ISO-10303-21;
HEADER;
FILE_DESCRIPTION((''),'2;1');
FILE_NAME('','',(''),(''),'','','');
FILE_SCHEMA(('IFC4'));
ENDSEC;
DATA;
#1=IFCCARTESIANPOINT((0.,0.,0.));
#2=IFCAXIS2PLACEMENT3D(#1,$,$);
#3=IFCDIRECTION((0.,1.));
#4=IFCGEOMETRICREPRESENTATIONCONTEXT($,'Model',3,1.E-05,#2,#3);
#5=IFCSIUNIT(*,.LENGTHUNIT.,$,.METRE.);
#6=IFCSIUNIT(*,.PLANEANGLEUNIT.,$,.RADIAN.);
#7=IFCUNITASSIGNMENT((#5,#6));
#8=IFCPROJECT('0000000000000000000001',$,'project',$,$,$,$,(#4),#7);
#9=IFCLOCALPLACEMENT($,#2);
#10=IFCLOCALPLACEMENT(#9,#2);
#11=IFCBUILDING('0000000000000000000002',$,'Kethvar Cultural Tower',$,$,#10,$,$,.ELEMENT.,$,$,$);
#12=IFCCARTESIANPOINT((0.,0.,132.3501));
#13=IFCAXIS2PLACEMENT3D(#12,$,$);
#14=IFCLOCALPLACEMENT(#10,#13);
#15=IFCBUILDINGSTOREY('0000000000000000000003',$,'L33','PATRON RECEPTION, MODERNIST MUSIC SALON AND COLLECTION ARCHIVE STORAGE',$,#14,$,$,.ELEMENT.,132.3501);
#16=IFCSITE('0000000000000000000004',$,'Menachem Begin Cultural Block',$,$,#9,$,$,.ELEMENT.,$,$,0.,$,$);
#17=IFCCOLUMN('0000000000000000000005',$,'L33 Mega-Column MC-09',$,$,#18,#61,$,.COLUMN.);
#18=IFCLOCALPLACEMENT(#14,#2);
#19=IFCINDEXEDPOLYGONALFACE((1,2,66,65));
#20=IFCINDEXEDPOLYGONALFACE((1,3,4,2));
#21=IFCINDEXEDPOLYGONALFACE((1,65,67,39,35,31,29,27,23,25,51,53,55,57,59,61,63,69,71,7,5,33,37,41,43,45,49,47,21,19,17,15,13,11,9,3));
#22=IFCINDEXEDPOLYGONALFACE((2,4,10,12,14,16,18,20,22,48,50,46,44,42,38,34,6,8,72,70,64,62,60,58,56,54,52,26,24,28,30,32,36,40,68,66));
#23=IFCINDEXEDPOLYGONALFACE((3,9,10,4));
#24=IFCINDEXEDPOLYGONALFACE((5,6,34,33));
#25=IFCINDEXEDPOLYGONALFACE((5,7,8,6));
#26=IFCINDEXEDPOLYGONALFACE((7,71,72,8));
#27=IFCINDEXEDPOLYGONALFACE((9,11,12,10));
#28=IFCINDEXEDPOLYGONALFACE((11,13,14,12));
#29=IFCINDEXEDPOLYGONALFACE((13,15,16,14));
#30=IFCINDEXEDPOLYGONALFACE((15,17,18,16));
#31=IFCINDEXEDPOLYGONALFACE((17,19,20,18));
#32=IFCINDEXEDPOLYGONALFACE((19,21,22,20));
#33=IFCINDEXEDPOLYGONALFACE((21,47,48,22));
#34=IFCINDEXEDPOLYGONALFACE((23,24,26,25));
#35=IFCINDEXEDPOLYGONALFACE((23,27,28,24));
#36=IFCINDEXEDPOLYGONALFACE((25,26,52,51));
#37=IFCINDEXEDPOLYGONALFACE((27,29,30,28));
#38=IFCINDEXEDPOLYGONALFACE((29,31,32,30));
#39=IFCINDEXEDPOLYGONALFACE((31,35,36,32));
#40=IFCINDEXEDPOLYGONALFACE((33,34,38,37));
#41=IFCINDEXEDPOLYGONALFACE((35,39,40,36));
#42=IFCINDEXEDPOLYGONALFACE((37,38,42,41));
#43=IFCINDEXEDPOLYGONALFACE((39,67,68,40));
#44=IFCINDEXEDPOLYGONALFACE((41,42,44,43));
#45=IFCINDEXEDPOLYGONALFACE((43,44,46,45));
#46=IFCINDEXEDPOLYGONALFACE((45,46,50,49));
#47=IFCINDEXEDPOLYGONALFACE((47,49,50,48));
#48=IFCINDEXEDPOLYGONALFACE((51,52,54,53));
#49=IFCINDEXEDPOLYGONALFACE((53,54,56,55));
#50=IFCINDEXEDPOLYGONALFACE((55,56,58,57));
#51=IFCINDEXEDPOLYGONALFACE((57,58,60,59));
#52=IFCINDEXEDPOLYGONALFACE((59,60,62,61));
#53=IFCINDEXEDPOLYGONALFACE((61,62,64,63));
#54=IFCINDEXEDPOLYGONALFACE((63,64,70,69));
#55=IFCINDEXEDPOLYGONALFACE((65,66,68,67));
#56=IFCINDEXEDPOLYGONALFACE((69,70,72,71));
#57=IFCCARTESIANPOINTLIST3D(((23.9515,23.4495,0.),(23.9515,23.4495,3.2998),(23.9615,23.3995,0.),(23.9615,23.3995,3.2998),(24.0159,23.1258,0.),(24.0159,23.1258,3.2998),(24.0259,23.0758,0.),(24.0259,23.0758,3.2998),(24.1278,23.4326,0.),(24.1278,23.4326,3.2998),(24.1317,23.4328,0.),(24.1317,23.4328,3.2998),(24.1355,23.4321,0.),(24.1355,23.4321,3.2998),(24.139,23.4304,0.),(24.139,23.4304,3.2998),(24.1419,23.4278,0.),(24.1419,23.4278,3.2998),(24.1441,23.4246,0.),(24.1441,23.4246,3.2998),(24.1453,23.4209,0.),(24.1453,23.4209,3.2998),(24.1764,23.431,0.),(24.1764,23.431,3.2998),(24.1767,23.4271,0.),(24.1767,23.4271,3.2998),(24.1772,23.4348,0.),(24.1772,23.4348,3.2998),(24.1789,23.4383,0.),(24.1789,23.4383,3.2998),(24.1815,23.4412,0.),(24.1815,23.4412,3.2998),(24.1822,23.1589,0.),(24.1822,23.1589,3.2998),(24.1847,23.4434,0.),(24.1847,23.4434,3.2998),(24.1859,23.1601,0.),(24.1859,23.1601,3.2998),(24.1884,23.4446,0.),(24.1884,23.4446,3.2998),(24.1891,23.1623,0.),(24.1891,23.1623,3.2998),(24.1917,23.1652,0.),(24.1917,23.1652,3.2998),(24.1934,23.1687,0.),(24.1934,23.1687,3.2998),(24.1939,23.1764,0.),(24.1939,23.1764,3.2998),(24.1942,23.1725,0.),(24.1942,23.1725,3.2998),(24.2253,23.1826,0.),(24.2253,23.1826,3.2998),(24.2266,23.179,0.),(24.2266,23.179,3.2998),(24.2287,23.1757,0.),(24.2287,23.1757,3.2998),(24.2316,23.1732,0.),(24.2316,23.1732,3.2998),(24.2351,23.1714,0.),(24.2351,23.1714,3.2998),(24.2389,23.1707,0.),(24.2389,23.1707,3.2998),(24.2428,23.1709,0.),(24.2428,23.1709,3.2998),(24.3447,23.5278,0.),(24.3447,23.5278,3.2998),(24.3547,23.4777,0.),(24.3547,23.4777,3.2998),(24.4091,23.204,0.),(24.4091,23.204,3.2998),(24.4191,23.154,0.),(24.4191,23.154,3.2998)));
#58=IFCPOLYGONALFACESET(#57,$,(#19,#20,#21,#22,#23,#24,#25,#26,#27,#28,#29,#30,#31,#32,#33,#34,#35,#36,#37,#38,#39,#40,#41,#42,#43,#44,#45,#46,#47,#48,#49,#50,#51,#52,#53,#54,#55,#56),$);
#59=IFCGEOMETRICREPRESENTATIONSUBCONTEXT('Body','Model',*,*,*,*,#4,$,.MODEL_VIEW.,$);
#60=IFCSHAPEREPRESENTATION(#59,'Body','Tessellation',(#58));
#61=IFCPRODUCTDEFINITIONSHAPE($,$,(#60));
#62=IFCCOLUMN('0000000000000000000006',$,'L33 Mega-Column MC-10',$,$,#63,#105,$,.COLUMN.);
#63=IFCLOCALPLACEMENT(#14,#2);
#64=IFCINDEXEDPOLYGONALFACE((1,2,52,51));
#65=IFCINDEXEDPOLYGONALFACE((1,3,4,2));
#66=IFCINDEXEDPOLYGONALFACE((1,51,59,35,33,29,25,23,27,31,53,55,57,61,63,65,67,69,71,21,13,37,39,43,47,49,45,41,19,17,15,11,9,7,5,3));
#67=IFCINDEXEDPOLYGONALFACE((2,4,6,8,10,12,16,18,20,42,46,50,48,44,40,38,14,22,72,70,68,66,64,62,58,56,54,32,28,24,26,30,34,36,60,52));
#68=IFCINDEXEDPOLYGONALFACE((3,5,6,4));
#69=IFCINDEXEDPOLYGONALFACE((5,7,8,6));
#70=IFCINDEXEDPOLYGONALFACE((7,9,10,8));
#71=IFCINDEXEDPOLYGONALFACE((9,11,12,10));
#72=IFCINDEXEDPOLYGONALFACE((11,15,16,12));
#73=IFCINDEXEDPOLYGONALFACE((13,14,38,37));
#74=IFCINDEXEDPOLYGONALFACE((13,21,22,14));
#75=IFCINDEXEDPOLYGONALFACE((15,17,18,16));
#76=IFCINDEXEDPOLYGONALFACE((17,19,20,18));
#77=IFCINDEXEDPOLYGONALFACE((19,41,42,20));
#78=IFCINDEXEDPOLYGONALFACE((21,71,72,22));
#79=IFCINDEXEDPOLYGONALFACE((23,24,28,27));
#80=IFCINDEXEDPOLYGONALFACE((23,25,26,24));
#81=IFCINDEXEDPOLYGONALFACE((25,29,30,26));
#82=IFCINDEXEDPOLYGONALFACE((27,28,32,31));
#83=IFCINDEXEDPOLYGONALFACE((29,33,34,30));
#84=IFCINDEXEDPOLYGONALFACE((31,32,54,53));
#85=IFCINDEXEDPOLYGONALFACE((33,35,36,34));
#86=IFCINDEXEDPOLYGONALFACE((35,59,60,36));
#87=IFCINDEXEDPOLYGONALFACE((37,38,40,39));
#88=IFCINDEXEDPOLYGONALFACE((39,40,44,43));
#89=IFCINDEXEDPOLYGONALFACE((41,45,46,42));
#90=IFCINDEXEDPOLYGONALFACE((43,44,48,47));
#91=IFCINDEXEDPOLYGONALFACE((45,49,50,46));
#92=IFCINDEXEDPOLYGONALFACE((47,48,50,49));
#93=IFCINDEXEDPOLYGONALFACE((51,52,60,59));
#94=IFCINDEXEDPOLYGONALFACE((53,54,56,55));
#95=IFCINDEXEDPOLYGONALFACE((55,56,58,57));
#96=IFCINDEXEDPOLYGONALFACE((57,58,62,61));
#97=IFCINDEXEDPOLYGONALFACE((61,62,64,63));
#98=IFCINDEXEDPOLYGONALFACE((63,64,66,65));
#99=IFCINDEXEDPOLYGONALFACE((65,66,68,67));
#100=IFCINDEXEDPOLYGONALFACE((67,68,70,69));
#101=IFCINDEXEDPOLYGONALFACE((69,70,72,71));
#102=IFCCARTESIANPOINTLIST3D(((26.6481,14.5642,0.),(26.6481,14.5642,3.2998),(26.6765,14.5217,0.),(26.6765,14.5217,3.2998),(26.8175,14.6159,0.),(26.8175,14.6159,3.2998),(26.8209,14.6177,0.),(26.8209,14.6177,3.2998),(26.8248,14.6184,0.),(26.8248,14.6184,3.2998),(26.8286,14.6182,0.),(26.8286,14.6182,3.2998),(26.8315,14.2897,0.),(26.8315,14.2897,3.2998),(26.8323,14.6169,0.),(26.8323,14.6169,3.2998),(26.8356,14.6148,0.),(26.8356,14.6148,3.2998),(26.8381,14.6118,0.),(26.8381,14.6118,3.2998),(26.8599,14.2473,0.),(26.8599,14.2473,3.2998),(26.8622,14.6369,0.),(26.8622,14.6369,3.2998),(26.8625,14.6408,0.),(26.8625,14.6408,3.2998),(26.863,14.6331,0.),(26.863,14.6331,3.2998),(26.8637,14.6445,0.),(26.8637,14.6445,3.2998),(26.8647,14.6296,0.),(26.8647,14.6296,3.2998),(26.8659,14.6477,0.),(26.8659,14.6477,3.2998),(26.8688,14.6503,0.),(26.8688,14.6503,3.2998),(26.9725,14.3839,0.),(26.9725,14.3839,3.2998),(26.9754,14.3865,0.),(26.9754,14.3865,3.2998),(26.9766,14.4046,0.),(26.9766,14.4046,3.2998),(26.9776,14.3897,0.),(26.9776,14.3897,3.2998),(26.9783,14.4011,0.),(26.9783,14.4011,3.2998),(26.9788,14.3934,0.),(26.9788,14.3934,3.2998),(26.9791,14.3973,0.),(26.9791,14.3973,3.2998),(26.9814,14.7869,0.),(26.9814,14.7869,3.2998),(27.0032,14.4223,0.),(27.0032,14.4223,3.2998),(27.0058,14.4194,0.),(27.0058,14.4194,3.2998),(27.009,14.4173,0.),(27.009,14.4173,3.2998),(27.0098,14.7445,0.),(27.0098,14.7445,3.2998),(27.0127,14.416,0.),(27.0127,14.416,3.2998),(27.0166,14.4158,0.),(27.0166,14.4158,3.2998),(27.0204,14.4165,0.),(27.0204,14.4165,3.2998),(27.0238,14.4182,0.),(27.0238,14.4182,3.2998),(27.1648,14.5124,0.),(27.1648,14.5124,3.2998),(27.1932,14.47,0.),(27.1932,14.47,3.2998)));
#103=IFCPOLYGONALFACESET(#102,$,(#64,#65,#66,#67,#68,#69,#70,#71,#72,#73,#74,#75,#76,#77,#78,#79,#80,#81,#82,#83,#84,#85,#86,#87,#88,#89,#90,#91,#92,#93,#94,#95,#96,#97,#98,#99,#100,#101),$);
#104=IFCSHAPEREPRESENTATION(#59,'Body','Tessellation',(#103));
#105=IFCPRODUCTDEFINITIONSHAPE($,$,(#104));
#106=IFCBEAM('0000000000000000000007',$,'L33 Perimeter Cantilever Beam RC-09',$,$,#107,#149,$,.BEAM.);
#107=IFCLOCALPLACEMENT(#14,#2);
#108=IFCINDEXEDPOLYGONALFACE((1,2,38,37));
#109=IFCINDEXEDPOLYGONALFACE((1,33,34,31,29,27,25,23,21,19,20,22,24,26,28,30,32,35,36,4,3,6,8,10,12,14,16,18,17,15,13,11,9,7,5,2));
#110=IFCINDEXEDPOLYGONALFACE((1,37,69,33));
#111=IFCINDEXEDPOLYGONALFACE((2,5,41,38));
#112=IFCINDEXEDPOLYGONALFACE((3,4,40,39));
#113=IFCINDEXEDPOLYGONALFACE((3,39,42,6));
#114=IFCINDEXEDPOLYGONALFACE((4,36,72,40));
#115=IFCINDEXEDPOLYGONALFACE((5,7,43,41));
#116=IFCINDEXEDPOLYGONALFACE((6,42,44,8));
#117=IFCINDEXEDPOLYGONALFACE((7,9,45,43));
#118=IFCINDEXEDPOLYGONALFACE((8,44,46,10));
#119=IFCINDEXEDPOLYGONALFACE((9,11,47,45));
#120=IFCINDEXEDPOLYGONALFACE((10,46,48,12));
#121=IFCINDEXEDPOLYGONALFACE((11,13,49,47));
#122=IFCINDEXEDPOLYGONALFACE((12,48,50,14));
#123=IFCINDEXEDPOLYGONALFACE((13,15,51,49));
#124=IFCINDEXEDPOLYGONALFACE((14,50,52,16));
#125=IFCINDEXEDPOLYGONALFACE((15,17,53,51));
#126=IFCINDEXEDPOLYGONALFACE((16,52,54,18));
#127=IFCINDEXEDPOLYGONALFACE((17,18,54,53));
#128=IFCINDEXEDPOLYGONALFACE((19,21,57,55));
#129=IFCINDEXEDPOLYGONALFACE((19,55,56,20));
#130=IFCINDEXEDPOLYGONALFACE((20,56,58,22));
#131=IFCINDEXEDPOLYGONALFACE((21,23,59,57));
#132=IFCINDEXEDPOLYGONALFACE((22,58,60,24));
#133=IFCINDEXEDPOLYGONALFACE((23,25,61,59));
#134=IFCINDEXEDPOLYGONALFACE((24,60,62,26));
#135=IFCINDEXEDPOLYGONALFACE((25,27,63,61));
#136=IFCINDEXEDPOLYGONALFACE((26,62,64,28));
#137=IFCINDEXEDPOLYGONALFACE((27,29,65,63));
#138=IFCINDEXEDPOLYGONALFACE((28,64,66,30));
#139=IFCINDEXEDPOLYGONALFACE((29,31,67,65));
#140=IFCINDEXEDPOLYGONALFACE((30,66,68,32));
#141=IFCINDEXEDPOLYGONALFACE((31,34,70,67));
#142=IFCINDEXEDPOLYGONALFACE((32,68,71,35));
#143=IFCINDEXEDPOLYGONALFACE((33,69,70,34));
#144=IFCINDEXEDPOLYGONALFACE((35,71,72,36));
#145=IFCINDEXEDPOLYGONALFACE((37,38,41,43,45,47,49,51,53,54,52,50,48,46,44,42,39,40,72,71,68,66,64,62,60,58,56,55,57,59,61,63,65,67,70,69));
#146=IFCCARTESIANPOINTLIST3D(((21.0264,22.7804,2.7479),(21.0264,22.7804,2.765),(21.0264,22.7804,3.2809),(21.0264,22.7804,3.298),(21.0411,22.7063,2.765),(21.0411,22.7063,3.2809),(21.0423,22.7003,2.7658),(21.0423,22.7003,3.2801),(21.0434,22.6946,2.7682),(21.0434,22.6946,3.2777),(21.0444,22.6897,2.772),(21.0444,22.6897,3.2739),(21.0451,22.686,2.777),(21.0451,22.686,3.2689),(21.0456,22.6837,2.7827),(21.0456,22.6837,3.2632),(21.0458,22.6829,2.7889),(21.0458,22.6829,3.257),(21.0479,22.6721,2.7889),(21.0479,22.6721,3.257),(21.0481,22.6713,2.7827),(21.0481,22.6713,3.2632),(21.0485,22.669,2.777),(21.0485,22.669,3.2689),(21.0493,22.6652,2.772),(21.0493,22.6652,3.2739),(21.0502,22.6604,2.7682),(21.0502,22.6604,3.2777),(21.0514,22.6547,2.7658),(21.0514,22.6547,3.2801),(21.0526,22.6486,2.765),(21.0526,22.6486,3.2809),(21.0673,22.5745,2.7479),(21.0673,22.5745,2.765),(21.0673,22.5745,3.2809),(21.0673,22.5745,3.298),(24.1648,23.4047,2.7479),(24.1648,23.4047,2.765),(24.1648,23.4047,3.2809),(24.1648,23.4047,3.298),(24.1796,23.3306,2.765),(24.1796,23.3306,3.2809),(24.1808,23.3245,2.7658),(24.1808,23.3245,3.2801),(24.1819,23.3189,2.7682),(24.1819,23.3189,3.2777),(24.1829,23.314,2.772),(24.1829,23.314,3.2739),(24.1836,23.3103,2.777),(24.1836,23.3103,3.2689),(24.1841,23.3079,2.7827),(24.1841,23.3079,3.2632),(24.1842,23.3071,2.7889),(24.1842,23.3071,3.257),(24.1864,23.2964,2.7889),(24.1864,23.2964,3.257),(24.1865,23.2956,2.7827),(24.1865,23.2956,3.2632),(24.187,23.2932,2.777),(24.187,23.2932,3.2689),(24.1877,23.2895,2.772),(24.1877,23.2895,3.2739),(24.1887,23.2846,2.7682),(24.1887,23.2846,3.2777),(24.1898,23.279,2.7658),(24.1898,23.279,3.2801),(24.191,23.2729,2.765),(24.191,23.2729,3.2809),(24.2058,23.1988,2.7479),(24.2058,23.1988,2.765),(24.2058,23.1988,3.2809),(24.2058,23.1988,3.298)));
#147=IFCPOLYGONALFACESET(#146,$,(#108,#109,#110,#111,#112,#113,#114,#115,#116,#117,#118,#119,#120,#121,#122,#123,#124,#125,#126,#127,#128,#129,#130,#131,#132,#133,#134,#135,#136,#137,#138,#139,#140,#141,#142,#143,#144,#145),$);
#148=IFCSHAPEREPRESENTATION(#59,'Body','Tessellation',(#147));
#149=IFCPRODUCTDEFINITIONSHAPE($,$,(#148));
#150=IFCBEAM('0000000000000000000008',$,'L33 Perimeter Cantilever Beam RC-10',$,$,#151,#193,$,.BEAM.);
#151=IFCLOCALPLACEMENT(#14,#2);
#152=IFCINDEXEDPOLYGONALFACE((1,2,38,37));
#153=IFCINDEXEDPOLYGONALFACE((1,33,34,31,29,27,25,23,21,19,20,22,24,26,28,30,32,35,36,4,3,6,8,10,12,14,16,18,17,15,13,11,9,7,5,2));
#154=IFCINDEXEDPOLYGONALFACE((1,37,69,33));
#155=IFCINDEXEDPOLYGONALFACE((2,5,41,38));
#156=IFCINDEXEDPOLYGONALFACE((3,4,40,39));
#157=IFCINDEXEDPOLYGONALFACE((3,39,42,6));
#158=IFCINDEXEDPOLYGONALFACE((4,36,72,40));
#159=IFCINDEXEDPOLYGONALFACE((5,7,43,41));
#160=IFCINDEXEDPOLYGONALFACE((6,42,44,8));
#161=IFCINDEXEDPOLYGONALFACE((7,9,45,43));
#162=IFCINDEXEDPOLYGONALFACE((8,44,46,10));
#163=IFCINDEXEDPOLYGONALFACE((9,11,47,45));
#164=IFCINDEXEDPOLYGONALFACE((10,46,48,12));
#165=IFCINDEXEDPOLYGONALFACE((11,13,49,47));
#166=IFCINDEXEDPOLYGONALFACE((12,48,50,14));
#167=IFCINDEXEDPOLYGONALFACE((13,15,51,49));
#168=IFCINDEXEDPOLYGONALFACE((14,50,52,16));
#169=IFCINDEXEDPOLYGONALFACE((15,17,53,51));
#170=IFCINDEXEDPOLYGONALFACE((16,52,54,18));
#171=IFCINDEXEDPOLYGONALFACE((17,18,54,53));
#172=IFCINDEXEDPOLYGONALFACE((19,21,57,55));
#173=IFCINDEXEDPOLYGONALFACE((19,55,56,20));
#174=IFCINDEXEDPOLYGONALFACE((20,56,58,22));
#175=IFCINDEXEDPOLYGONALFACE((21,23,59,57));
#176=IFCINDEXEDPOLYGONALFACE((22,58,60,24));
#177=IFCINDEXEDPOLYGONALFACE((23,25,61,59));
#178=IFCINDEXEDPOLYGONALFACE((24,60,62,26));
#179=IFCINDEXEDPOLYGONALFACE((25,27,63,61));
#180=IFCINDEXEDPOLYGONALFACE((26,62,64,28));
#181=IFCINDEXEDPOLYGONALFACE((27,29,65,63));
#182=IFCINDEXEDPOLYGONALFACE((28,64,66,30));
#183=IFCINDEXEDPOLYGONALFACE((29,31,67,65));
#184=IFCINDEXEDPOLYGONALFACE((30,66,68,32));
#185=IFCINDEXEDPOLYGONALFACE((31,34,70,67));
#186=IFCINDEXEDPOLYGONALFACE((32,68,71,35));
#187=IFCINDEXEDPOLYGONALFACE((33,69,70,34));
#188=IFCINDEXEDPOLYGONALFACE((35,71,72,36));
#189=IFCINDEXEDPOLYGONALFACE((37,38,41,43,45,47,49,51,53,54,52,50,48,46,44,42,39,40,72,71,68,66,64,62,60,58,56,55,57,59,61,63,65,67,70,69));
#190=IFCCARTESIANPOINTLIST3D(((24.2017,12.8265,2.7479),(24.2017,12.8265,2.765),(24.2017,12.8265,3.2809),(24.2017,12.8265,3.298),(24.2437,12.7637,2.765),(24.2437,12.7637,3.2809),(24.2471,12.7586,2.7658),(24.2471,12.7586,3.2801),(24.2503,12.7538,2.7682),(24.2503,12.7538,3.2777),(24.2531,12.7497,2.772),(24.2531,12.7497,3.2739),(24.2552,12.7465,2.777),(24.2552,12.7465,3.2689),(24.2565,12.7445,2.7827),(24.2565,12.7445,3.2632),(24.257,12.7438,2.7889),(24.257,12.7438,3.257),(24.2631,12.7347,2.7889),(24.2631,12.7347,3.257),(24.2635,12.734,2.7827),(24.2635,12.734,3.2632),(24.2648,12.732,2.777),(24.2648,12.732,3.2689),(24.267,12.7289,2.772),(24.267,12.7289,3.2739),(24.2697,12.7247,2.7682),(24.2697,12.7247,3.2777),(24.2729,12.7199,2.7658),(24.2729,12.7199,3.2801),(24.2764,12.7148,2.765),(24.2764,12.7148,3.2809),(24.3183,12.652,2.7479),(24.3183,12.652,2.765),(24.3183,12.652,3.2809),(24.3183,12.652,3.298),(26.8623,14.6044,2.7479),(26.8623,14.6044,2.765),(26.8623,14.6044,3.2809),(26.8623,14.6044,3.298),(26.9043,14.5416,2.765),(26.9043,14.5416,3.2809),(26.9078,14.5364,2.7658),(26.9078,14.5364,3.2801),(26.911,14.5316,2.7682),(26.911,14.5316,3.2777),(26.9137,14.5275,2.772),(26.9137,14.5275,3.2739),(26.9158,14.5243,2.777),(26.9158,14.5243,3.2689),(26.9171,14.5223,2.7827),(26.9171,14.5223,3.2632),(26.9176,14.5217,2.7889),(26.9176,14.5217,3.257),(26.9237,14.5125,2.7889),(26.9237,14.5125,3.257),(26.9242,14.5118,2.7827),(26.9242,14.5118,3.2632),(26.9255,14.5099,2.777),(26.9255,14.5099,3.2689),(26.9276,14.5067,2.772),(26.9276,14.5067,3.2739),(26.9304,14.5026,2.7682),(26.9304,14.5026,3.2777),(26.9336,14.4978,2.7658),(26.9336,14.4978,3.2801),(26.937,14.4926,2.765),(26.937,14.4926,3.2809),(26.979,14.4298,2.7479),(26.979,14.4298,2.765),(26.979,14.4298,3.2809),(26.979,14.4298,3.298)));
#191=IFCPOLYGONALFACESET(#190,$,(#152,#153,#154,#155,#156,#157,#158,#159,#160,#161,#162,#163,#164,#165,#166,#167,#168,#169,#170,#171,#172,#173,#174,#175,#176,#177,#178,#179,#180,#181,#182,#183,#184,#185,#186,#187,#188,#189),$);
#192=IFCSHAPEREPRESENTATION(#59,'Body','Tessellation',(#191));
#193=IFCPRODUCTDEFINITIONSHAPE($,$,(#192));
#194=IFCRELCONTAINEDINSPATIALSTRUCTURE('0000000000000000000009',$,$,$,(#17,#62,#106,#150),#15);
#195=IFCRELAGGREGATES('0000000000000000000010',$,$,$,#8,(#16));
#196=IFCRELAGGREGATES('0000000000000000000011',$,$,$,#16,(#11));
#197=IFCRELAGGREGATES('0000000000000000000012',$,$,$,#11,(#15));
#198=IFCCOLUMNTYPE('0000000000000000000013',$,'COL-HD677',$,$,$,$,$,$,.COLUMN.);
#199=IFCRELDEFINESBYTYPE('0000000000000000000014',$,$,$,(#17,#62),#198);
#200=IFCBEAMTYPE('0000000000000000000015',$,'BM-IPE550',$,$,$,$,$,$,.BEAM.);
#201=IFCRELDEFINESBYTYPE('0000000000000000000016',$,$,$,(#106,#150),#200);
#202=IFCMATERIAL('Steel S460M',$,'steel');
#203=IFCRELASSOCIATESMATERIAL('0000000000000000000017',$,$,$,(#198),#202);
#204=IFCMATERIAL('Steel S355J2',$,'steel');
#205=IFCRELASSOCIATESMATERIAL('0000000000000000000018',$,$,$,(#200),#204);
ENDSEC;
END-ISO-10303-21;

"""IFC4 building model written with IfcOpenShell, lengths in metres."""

from ifc_helpers import new_model, si_unit, direction, frame, origin, origin_2d, place, context, subcontext, project, spatial, i_section, extrude, source, transform, mapped, material, material_profile, profile_set, type_object, element, save


model = new_model("IFC4")

# Units and contexts
model_context = context("Model", 3, precision=1e-05, world=origin(), true_north=direction((0.0, 1.0)))
body_context = subcontext(model_context, "Body", "Model", "MODEL_VIEW")
ifc_project = project(units=[si_unit("LENGTHUNIT", "METRE"), si_unit("PLANEANGLEUNIT", "RADIAN")], contexts=[model_context])

# Site, building, storey
site_placement = place(None, origin())
site = spatial("IfcSite", under=ifc_project, at=site_placement, Name="Menachem Begin Cultural Block", CompositionType="ELEMENT", RefElevation=0.0)
building_placement = place(site_placement, origin())
building = spatial("IfcBuilding", under=site, at=building_placement, Name="Kethvar Cultural Tower", CompositionType="ELEMENT")
storey_placement = place(building_placement, frame((0.0, 0.0, 132.3501)))
storey = spatial("IfcBuildingStorey", under=building, at=storey_placement, Name="L33", Description="PATRON RECEPTION, MODERNIST MUSIC SALON AND COLLECTION ARCHIVE STORAGE", CompositionType="ELEMENT", Elevation=132.3501)

# Columns
ifc_material_1 = material(Name="Steel S460M", Category="steel")
ifc_material_profile_1 = material_profile(ifc_material_1, i_section(OverallWidth=0.4009, OverallDepth=0.3811, WebThickness=0.032, FlangeThickness=0.051, FilletRadius=0.0149, at=origin_2d()), Name="Steel S460M — HD400x677")
ifc_profile_set_1 = profile_set([ifc_material_profile_1], Name="Steel S460M — HD400x677")
column_type = type_object("IfcColumnType", Name="COL-HD677", PredefinedType="COLUMN", material=ifc_profile_set_1)
shared_shape_1 = source(origin(), body_context, "Body", "SweptSolid", [
    extrude(i_section(OverallWidth=0.4009, OverallDepth=0.3811, WebThickness=0.032, FlangeThickness=0.051, FilletRadius=0.0149, at=origin_2d()), origin(), (0.0, 0.0, 1.0), 3.2998),
])
for number, where, z_axis, x_axis, name in (
    (1, (24.1853, 23.3018, 0.0), (0.0, 0.0, 1.0), (-0.980785, -0.19509, 0.0), "L33 Mega-Column MC-09"),
    (2, (26.9207, 14.5171, 0.0), (0.0, 0.0, 1.0), (-0.83147, -0.55557, 0.0), "L33 Mega-Column MC-10"),
):
    element("IfcColumn", number, at=place(storey_placement, frame(where, z_axis=z_axis, x_axis=x_axis)), inside=storey, type_object=column_type, Name=name, PredefinedType="COLUMN", context=body_context, shape_type="MappedRepresentation", body=[
        mapped(shared_shape_1, transform((0.0, 0.0, 0.0), scale=1.0)),
    ])

# Beams
ifc_material_2 = material(Name="Steel S355J2", Category="steel")
ifc_material_profile_2 = material_profile(ifc_material_2, i_section(OverallWidth=0.21, OverallDepth=0.55, WebThickness=0.011, FlangeThickness=0.0171, FilletRadius=0.0239, at=origin_2d()), Name="Steel S355J2 — IPE550")
ifc_profile_set_2 = profile_set([ifc_material_profile_2], Name="Steel S355J2 — IPE550")
beam_type_1 = type_object("IfcBeamType", Name="BM-IPE550", PredefinedType="BEAM", material=ifc_profile_set_2)
shared_shape_2 = source(origin(), body_context, "Body", "SweptSolid", [
    extrude(i_section(OverallWidth=0.21, OverallDepth=0.55, WebThickness=0.011, FlangeThickness=0.0171, FilletRadius=0.0239, at=origin_2d()), origin(), (0.0, 0.0, 1.0), 3.2),
])
for number, where, z_axis, x_axis, name in (
    (3, (24.1853, 23.3018, 3.0229), (-0.980786, -0.195089, 0.0), (0.195089, -0.980786, 0.0), "L33 Perimeter Cantilever Beam RC-09"),
    (4, (26.9207, 14.5171, 3.0229), (-0.831463, -0.55558, 0.0), (0.55558, -0.831463, 0.0), "L33 Perimeter Cantilever Beam RC-10"),
):
    element("IfcBeam", number, at=place(storey_placement, frame(where, z_axis=z_axis, x_axis=x_axis)), inside=storey, type_object=beam_type_1, Name=name, PredefinedType="BEAM", context=body_context, shape_type="MappedRepresentation", body=[
        mapped(shared_shape_2, transform((0.0, 0.0, 0.0), scale=1.0)),
    ])

save(model, "model.ifc")
